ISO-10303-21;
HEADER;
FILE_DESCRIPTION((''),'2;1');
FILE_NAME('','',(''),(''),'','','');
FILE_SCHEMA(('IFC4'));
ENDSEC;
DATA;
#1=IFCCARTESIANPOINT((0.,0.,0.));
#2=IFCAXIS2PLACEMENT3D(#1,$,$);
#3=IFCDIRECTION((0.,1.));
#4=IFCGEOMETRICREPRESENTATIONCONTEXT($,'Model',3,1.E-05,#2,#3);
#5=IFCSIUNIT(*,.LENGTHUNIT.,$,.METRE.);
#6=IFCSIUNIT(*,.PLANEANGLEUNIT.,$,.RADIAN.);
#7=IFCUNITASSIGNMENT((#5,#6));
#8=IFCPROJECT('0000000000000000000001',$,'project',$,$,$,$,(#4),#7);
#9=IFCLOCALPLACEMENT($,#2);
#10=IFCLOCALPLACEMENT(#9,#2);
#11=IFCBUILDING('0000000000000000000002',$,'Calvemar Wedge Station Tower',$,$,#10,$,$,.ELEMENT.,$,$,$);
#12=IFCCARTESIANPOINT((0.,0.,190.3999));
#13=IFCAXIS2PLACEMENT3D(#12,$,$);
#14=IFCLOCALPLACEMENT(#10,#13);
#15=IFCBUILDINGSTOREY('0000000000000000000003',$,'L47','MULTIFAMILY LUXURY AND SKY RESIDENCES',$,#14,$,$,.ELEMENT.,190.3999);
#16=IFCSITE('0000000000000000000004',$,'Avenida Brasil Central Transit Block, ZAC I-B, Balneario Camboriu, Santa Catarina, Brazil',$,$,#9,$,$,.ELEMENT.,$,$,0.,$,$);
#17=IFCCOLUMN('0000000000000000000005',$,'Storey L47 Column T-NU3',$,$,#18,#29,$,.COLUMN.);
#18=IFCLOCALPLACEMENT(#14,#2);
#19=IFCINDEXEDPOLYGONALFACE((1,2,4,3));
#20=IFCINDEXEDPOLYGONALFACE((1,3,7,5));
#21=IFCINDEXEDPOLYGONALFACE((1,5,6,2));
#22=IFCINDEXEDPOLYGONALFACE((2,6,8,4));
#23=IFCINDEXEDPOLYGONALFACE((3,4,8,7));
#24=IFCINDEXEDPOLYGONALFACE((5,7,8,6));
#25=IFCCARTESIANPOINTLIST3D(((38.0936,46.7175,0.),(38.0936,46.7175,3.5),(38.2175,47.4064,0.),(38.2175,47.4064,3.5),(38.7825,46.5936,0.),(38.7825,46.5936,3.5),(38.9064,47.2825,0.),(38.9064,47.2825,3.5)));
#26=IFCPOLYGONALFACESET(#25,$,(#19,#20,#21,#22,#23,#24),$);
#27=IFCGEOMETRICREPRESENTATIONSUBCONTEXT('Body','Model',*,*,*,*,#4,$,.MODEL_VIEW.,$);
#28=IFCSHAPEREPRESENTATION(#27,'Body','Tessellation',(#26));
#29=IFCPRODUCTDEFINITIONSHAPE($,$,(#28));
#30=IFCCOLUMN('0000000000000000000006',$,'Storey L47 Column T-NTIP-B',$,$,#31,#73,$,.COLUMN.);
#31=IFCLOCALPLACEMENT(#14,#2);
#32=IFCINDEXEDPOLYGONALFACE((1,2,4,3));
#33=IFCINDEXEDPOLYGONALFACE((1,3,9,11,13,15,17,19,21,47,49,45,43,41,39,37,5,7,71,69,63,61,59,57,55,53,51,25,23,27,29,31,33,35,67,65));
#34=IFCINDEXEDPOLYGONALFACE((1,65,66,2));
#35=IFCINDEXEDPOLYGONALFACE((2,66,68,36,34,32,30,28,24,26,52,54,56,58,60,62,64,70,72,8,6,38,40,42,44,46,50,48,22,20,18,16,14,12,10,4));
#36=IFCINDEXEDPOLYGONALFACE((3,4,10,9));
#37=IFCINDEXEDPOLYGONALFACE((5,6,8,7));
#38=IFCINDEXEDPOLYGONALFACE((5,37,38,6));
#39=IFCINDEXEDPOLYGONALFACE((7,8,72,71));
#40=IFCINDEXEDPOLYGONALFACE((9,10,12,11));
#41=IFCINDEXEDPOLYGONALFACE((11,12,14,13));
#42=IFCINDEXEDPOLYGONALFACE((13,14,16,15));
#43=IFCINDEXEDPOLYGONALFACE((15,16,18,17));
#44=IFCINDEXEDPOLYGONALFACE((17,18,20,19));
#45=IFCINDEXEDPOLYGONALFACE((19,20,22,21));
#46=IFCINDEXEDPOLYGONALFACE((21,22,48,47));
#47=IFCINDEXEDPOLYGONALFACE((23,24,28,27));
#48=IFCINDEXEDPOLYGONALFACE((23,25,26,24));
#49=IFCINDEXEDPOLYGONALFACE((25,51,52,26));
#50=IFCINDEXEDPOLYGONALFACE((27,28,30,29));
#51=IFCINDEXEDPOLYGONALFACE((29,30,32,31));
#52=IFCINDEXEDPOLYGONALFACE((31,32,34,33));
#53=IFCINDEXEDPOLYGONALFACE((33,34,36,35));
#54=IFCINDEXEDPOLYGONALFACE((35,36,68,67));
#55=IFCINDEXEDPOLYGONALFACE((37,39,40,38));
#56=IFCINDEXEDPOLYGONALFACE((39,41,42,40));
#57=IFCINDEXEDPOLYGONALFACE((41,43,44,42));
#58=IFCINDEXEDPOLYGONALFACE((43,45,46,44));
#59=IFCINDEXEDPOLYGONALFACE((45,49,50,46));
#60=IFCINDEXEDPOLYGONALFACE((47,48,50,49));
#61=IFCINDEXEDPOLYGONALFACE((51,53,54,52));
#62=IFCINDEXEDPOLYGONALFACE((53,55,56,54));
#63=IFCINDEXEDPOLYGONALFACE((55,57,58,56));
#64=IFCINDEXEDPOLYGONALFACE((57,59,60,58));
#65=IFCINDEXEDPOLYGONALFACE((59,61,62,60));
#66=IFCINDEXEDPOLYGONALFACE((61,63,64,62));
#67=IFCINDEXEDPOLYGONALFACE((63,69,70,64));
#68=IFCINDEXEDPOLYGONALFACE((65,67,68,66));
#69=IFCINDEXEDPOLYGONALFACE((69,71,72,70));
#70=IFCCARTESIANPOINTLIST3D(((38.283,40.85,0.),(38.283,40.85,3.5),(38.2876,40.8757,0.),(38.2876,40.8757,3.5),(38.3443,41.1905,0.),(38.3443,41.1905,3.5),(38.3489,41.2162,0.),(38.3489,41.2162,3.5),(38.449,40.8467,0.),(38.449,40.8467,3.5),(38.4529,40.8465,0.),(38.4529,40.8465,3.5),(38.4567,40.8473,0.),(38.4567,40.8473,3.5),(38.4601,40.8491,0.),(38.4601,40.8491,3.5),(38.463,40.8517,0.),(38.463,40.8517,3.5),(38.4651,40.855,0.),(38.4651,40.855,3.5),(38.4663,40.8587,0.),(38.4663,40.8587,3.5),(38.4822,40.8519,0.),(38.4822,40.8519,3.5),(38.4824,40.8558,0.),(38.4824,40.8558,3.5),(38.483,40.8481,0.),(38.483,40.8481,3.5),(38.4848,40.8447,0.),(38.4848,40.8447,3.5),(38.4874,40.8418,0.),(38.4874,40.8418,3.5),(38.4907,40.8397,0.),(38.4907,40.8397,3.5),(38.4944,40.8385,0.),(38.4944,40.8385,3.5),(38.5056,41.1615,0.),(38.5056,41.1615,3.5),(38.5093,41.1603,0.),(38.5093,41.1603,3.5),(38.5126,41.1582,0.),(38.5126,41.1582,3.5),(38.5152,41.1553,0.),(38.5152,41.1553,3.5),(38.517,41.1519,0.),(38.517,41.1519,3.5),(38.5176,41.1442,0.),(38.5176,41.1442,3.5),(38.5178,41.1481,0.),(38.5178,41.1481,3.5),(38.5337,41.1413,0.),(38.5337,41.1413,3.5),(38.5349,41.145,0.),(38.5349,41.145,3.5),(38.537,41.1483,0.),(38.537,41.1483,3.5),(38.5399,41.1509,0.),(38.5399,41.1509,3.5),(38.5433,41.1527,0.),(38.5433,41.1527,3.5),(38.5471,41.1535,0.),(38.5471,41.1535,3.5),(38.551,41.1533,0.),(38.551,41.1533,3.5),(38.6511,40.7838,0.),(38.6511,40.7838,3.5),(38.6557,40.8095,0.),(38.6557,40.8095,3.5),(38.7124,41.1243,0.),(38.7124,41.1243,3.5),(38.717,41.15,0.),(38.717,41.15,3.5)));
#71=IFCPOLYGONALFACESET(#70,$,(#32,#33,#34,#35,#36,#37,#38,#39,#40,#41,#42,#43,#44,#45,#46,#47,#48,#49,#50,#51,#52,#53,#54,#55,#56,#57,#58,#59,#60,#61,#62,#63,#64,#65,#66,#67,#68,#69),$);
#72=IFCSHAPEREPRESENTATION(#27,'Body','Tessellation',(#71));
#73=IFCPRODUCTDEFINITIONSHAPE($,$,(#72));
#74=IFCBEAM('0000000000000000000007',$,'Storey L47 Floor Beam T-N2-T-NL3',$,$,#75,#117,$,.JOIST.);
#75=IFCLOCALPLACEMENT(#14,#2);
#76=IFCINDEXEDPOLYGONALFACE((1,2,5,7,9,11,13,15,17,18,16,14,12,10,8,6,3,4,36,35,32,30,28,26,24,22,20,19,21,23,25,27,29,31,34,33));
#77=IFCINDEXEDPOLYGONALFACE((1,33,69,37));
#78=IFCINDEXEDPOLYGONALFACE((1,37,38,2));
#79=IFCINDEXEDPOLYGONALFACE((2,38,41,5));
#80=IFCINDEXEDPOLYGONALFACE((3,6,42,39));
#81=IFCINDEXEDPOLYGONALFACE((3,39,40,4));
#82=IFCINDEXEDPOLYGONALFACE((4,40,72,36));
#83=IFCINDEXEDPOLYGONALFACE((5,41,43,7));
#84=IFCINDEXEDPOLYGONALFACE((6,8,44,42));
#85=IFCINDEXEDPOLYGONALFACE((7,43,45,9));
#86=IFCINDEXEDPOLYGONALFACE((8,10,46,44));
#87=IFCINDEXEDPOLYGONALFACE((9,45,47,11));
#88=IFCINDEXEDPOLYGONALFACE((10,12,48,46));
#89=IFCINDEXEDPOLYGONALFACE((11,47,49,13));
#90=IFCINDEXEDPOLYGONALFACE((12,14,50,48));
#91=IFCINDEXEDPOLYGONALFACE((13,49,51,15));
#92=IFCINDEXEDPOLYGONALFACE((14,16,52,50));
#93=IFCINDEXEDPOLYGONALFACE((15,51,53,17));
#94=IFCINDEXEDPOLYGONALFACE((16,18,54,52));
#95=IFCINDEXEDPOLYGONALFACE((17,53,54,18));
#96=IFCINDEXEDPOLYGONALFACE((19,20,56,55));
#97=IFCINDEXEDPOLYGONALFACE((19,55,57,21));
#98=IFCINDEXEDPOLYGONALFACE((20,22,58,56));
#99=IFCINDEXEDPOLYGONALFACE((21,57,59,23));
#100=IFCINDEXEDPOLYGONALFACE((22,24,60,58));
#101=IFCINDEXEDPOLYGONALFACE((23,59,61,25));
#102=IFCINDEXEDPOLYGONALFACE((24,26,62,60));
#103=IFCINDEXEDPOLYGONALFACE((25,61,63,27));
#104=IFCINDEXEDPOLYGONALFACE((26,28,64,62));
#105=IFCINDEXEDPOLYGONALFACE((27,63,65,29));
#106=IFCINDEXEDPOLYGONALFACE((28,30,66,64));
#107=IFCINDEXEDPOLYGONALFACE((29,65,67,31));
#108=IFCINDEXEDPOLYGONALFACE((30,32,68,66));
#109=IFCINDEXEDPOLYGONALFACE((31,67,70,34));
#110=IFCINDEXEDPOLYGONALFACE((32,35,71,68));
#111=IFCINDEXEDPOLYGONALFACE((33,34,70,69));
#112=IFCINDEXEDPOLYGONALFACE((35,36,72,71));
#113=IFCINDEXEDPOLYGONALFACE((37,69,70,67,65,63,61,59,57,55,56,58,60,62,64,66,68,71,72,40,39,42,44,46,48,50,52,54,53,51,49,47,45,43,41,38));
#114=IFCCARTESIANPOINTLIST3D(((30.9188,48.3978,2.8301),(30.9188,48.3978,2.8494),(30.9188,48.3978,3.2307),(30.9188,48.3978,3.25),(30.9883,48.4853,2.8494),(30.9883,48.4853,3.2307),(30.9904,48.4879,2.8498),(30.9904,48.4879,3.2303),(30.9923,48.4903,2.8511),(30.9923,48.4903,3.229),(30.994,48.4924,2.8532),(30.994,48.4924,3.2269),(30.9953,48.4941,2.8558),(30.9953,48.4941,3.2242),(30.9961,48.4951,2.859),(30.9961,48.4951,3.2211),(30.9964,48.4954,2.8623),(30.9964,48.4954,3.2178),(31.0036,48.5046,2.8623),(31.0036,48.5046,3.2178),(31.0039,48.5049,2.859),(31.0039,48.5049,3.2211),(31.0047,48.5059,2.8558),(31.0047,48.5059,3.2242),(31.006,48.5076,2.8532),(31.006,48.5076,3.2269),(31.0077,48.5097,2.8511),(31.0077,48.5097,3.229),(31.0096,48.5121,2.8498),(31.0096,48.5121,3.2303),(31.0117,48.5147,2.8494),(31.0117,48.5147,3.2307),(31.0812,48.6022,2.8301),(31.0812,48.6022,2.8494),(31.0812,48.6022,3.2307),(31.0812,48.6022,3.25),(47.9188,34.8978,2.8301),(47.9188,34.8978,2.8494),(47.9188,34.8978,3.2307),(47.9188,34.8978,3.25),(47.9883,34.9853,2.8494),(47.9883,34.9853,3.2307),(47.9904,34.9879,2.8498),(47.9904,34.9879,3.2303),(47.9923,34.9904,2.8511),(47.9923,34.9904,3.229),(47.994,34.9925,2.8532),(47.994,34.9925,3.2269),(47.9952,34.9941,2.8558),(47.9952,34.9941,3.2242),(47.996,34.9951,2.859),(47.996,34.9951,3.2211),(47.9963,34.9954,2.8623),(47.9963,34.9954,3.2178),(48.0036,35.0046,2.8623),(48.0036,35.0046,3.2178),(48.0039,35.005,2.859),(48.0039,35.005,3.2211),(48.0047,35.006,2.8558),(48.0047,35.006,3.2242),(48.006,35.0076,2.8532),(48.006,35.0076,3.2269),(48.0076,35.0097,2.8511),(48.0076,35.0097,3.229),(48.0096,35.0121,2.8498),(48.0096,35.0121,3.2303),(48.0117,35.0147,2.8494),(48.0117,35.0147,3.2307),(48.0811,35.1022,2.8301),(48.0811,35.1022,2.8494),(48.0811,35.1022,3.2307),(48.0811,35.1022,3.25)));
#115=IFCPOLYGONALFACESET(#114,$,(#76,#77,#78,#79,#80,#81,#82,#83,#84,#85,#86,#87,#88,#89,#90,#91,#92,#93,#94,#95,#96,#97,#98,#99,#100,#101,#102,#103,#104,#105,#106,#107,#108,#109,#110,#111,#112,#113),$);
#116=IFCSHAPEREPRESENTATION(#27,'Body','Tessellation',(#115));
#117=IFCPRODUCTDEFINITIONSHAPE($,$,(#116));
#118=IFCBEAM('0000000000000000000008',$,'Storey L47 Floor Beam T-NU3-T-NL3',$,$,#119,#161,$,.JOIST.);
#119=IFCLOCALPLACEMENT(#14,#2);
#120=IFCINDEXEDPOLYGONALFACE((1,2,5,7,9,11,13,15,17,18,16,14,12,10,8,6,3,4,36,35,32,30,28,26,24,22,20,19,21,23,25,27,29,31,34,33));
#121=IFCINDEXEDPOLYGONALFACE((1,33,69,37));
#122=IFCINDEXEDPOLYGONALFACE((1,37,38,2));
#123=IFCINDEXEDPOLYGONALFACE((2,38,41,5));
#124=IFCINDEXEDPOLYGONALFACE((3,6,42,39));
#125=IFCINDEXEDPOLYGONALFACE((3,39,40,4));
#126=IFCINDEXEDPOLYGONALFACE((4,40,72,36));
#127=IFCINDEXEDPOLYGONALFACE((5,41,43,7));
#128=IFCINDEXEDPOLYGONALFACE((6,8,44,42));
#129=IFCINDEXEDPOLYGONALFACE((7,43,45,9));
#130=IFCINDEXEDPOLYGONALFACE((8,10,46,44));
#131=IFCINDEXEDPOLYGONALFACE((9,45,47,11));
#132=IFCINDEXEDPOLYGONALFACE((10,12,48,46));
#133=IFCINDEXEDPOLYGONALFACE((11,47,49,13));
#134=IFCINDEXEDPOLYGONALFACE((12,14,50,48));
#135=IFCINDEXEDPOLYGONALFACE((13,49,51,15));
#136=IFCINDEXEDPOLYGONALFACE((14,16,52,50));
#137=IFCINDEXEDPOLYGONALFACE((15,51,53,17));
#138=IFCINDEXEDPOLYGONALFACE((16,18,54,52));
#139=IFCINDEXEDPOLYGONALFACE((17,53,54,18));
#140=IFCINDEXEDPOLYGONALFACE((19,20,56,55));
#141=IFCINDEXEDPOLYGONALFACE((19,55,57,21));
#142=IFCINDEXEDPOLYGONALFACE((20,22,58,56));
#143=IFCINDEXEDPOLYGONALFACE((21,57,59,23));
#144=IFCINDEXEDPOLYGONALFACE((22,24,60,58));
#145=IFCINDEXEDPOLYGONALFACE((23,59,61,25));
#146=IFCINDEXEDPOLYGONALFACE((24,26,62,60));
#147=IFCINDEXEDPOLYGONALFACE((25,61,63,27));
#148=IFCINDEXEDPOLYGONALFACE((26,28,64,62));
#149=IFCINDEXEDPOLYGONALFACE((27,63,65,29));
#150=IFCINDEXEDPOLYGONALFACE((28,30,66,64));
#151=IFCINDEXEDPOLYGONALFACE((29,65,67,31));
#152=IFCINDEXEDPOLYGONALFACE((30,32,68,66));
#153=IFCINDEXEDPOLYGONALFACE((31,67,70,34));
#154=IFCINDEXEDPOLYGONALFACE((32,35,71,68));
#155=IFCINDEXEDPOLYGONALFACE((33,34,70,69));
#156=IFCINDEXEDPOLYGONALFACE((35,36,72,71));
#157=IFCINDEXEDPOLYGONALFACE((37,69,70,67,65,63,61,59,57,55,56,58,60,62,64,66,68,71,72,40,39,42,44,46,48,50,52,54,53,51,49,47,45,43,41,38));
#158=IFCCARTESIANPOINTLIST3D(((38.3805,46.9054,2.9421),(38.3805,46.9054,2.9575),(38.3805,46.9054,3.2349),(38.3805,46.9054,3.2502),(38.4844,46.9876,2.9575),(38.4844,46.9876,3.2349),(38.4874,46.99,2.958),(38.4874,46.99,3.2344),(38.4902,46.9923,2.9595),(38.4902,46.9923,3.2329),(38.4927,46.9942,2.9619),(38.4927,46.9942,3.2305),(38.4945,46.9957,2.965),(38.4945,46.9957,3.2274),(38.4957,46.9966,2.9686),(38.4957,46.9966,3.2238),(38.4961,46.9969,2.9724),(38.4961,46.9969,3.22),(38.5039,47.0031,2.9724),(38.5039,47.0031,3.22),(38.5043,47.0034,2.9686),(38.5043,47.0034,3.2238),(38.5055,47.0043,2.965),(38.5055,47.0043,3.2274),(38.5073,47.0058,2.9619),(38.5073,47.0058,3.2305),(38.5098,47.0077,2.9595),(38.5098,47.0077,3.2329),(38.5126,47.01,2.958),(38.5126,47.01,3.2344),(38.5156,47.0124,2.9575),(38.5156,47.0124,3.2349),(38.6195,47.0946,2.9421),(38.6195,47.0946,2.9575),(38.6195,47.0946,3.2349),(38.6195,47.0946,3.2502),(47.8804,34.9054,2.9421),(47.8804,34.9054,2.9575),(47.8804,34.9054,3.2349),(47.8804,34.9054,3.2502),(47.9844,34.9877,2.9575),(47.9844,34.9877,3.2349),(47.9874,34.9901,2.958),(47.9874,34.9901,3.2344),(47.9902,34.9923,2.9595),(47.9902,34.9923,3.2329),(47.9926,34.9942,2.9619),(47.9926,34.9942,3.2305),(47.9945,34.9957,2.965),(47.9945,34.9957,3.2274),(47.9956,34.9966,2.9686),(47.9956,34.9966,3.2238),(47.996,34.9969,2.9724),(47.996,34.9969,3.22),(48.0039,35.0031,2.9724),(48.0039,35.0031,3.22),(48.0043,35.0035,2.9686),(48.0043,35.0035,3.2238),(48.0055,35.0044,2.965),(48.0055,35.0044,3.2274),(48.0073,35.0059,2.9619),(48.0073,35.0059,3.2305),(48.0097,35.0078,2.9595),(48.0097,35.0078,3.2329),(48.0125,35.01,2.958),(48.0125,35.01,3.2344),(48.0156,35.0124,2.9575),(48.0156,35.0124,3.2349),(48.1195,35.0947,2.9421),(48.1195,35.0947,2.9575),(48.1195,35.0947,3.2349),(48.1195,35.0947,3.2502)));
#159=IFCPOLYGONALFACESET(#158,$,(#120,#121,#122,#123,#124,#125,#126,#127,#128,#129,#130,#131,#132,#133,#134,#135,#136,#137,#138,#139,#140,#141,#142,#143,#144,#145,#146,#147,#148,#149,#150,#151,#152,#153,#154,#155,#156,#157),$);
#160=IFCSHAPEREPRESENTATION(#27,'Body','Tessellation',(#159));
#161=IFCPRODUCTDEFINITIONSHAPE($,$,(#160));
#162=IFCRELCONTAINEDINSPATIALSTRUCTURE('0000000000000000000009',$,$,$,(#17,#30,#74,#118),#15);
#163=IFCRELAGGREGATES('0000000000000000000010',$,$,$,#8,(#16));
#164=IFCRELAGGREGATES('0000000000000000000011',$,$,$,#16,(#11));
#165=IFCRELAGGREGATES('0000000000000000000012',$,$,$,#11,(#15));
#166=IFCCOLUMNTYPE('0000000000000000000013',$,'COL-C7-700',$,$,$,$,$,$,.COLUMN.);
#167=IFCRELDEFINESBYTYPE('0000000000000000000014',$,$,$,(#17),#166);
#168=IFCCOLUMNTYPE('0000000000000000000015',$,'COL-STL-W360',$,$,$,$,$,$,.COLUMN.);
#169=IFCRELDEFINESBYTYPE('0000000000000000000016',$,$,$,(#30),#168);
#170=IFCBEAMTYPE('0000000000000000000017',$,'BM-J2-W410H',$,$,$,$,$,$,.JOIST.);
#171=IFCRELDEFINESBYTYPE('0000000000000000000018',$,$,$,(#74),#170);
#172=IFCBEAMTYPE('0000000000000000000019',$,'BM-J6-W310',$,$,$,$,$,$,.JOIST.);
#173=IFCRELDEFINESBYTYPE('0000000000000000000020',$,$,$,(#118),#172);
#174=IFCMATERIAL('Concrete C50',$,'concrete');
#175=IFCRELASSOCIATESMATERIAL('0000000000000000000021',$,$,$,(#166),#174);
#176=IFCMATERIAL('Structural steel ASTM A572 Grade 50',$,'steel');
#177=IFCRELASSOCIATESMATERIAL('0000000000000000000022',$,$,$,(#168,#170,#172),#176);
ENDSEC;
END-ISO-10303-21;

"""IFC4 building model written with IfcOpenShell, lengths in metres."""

from ifc_helpers import new_model, si_unit, direction, frame, origin, origin_2d, place, context, subcontext, project, spatial, rectangle, i_section, extrude, source, transform, mapped, material, material_profile, profile_set, type_object, element, save


model = new_model("IFC4")

# Units and contexts
model_context = context("Model", 3, precision=1e-05, world=origin(), true_north=direction((0.0, 1.0)))
body_context = subcontext(model_context, "Body", "Model", "MODEL_VIEW")
ifc_project = project(units=[si_unit("LENGTHUNIT", "METRE"), si_unit("PLANEANGLEUNIT", "RADIAN")], contexts=[model_context])

# Site, building, storey
site_placement = place(None, origin())
site = spatial("IfcSite", under=ifc_project, at=site_placement, Name="Avenida Brasil Central Transit Block, ZAC I-B, Balneario Camboriu, Santa Catarina, Brazil", CompositionType="ELEMENT", RefElevation=0.0)
building_placement = place(site_placement, origin())
building = spatial("IfcBuilding", under=site, at=building_placement, Name="Calvemar Wedge Station Tower", CompositionType="ELEMENT")
storey_placement = place(building_placement, frame((0.0, 0.0, 190.3999)))
storey = spatial("IfcBuildingStorey", under=building, at=storey_placement, Name="L47", Description="MULTIFAMILY LUXURY AND SKY RESIDENCES", CompositionType="ELEMENT", Elevation=190.3999)

# Columns
ifc_material_1 = material(Name="Concrete C50", Category="concrete")
ifc_material_profile_1 = material_profile(ifc_material_1, rectangle(XDim=0.7, YDim=0.7, at=origin_2d()), Name="RC700x700")
ifc_profile_set_1 = profile_set([ifc_material_profile_1], Name="Concrete C50")
column_type_1 = type_object("IfcColumnType", Name="COL-C7-700", PredefinedType="COLUMN", material=ifc_profile_set_1)
shared_shape_1 = source(origin(), body_context, "Body", "SweptSolid", [
    extrude(rectangle(XDim=0.7, YDim=0.7, at=origin_2d()), origin(), (0.0, 0.0, 1.0), 3.5),
])
column_1_placement = place(storey_placement, frame((38.5, 47.0, 0.0), z_axis=(0.0, 0.0, 1.0), x_axis=(0.984196, -0.177085, 0.0)))
element("IfcColumn", 1, at=column_1_placement, inside=storey, type_object=column_type_1, Name="Storey L47 Column T-NU3", PredefinedType="COLUMN", context=body_context, shape_type="MappedRepresentation", body=[
    mapped(shared_shape_1, transform((0.0, 0.0, 0.0), scale=1.0)),
])
ifc_material_2 = material(Name="Structural steel ASTM A572 Grade 50", Category="steel")
ifc_material_profile_2 = material_profile(ifc_material_2, i_section(OverallWidth=0.374, OverallDepth=0.3721, WebThickness=0.0164, FlangeThickness=0.0261, FilletRadius=0.0149, at=origin_2d()), Name="W360x196")
ifc_profile_set_2 = profile_set([ifc_material_profile_2], Name="Structural steel ASTM A572 Grade 50")
column_type_2 = type_object("IfcColumnType", Name="COL-STL-W360", PredefinedType="COLUMN", material=ifc_profile_set_2)
shared_shape_2 = source(origin(), body_context, "Body", "SweptSolid", [
    extrude(i_section(OverallWidth=0.374, OverallDepth=0.3721, WebThickness=0.0164, FlangeThickness=0.0261, FilletRadius=0.0149, at=origin_2d()), origin(), (0.0, 0.0, 1.0), 3.5),
])
column_2_placement = place(storey_placement, frame((38.5, 41.0, 0.0), z_axis=(0.0, 0.0, 1.0), x_axis=(0.984196, -0.177085, 0.0)))
element("IfcColumn", 2, at=column_2_placement, inside=storey, type_object=column_type_2, Name="Storey L47 Column T-NTIP-B", PredefinedType="COLUMN", context=body_context, shape_type="MappedRepresentation", body=[
    mapped(shared_shape_2, transform((0.0, 0.0, 0.0), scale=1.0)),
])

# Beams
ifc_material_profile_3 = material_profile(ifc_material_2, i_section(OverallWidth=0.261, OverallDepth=0.4199, WebThickness=0.0117, FlangeThickness=0.0193, FilletRadius=0.0129, at=origin_2d()), Name="W410x114")
ifc_profile_set_3 = profile_set([ifc_material_profile_3], Name="Structural steel ASTM A572 Grade 50")
beam_type_1 = type_object("IfcBeamType", Name="BM-J2-W410H", PredefinedType="JOIST", material=ifc_profile_set_3)
shared_shape_3 = source(origin(), body_context, "Body", "SweptSolid", [
    extrude(i_section(OverallWidth=0.261, OverallDepth=0.4199, WebThickness=0.0117, FlangeThickness=0.0193, FilletRadius=0.0129, at=origin_2d()), origin(), (0.0, 0.0, 1.0), 21.7083),
])
beam_1_placement = place(storey_placement, frame((31.0, 48.5, 3.04), z_axis=(0.783111, -0.621882, 0.0), x_axis=(0.621882, 0.783111, 0.0)))
element("IfcBeam", 3, at=beam_1_placement, inside=storey, type_object=beam_type_1, Name="Storey L47 Floor Beam T-N2-T-NL3", PredefinedType="JOIST", context=body_context, shape_type="MappedRepresentation", body=[
    mapped(shared_shape_3, transform((0.0, 0.0, 0.0), scale=1.0)),
])
ifc_material_profile_4 = material_profile(ifc_material_2, i_section(OverallWidth=0.3049, OverallDepth=0.3081, WebThickness=0.01, FlangeThickness=0.0154, FilletRadius=0.0149, at=origin_2d()), Name="W310x97")
ifc_profile_set_4 = profile_set([ifc_material_profile_4], Name="Structural steel ASTM A572 Grade 50")
beam_type_2 = type_object("IfcBeamType", Name="BM-J6-W310", PredefinedType="JOIST", material=ifc_profile_set_4)
shared_shape_4 = source(origin(), body_context, "Body", "SweptSolid", [
    extrude(i_section(OverallWidth=0.3049, OverallDepth=0.3081, WebThickness=0.01, FlangeThickness=0.0154, FilletRadius=0.0149, at=origin_2d()), origin(), (0.0, 0.0, 1.0), 15.3052),
])
beam_2_placement = place(storey_placement, frame((38.5, 47.0, 3.0962), z_axis=(0.620703, -0.784046, 0.0), x_axis=(0.784046, 0.620703, 0.0)))
element("IfcBeam", 4, at=beam_2_placement, inside=storey, type_object=beam_type_2, Name="Storey L47 Floor Beam T-NU3-T-NL3", PredefinedType="JOIST", context=body_context, shape_type="MappedRepresentation", body=[
    mapped(shared_shape_4, transform((0.0, 0.0, 0.0), scale=1.0)),
])

save(model, "model.ifc")
